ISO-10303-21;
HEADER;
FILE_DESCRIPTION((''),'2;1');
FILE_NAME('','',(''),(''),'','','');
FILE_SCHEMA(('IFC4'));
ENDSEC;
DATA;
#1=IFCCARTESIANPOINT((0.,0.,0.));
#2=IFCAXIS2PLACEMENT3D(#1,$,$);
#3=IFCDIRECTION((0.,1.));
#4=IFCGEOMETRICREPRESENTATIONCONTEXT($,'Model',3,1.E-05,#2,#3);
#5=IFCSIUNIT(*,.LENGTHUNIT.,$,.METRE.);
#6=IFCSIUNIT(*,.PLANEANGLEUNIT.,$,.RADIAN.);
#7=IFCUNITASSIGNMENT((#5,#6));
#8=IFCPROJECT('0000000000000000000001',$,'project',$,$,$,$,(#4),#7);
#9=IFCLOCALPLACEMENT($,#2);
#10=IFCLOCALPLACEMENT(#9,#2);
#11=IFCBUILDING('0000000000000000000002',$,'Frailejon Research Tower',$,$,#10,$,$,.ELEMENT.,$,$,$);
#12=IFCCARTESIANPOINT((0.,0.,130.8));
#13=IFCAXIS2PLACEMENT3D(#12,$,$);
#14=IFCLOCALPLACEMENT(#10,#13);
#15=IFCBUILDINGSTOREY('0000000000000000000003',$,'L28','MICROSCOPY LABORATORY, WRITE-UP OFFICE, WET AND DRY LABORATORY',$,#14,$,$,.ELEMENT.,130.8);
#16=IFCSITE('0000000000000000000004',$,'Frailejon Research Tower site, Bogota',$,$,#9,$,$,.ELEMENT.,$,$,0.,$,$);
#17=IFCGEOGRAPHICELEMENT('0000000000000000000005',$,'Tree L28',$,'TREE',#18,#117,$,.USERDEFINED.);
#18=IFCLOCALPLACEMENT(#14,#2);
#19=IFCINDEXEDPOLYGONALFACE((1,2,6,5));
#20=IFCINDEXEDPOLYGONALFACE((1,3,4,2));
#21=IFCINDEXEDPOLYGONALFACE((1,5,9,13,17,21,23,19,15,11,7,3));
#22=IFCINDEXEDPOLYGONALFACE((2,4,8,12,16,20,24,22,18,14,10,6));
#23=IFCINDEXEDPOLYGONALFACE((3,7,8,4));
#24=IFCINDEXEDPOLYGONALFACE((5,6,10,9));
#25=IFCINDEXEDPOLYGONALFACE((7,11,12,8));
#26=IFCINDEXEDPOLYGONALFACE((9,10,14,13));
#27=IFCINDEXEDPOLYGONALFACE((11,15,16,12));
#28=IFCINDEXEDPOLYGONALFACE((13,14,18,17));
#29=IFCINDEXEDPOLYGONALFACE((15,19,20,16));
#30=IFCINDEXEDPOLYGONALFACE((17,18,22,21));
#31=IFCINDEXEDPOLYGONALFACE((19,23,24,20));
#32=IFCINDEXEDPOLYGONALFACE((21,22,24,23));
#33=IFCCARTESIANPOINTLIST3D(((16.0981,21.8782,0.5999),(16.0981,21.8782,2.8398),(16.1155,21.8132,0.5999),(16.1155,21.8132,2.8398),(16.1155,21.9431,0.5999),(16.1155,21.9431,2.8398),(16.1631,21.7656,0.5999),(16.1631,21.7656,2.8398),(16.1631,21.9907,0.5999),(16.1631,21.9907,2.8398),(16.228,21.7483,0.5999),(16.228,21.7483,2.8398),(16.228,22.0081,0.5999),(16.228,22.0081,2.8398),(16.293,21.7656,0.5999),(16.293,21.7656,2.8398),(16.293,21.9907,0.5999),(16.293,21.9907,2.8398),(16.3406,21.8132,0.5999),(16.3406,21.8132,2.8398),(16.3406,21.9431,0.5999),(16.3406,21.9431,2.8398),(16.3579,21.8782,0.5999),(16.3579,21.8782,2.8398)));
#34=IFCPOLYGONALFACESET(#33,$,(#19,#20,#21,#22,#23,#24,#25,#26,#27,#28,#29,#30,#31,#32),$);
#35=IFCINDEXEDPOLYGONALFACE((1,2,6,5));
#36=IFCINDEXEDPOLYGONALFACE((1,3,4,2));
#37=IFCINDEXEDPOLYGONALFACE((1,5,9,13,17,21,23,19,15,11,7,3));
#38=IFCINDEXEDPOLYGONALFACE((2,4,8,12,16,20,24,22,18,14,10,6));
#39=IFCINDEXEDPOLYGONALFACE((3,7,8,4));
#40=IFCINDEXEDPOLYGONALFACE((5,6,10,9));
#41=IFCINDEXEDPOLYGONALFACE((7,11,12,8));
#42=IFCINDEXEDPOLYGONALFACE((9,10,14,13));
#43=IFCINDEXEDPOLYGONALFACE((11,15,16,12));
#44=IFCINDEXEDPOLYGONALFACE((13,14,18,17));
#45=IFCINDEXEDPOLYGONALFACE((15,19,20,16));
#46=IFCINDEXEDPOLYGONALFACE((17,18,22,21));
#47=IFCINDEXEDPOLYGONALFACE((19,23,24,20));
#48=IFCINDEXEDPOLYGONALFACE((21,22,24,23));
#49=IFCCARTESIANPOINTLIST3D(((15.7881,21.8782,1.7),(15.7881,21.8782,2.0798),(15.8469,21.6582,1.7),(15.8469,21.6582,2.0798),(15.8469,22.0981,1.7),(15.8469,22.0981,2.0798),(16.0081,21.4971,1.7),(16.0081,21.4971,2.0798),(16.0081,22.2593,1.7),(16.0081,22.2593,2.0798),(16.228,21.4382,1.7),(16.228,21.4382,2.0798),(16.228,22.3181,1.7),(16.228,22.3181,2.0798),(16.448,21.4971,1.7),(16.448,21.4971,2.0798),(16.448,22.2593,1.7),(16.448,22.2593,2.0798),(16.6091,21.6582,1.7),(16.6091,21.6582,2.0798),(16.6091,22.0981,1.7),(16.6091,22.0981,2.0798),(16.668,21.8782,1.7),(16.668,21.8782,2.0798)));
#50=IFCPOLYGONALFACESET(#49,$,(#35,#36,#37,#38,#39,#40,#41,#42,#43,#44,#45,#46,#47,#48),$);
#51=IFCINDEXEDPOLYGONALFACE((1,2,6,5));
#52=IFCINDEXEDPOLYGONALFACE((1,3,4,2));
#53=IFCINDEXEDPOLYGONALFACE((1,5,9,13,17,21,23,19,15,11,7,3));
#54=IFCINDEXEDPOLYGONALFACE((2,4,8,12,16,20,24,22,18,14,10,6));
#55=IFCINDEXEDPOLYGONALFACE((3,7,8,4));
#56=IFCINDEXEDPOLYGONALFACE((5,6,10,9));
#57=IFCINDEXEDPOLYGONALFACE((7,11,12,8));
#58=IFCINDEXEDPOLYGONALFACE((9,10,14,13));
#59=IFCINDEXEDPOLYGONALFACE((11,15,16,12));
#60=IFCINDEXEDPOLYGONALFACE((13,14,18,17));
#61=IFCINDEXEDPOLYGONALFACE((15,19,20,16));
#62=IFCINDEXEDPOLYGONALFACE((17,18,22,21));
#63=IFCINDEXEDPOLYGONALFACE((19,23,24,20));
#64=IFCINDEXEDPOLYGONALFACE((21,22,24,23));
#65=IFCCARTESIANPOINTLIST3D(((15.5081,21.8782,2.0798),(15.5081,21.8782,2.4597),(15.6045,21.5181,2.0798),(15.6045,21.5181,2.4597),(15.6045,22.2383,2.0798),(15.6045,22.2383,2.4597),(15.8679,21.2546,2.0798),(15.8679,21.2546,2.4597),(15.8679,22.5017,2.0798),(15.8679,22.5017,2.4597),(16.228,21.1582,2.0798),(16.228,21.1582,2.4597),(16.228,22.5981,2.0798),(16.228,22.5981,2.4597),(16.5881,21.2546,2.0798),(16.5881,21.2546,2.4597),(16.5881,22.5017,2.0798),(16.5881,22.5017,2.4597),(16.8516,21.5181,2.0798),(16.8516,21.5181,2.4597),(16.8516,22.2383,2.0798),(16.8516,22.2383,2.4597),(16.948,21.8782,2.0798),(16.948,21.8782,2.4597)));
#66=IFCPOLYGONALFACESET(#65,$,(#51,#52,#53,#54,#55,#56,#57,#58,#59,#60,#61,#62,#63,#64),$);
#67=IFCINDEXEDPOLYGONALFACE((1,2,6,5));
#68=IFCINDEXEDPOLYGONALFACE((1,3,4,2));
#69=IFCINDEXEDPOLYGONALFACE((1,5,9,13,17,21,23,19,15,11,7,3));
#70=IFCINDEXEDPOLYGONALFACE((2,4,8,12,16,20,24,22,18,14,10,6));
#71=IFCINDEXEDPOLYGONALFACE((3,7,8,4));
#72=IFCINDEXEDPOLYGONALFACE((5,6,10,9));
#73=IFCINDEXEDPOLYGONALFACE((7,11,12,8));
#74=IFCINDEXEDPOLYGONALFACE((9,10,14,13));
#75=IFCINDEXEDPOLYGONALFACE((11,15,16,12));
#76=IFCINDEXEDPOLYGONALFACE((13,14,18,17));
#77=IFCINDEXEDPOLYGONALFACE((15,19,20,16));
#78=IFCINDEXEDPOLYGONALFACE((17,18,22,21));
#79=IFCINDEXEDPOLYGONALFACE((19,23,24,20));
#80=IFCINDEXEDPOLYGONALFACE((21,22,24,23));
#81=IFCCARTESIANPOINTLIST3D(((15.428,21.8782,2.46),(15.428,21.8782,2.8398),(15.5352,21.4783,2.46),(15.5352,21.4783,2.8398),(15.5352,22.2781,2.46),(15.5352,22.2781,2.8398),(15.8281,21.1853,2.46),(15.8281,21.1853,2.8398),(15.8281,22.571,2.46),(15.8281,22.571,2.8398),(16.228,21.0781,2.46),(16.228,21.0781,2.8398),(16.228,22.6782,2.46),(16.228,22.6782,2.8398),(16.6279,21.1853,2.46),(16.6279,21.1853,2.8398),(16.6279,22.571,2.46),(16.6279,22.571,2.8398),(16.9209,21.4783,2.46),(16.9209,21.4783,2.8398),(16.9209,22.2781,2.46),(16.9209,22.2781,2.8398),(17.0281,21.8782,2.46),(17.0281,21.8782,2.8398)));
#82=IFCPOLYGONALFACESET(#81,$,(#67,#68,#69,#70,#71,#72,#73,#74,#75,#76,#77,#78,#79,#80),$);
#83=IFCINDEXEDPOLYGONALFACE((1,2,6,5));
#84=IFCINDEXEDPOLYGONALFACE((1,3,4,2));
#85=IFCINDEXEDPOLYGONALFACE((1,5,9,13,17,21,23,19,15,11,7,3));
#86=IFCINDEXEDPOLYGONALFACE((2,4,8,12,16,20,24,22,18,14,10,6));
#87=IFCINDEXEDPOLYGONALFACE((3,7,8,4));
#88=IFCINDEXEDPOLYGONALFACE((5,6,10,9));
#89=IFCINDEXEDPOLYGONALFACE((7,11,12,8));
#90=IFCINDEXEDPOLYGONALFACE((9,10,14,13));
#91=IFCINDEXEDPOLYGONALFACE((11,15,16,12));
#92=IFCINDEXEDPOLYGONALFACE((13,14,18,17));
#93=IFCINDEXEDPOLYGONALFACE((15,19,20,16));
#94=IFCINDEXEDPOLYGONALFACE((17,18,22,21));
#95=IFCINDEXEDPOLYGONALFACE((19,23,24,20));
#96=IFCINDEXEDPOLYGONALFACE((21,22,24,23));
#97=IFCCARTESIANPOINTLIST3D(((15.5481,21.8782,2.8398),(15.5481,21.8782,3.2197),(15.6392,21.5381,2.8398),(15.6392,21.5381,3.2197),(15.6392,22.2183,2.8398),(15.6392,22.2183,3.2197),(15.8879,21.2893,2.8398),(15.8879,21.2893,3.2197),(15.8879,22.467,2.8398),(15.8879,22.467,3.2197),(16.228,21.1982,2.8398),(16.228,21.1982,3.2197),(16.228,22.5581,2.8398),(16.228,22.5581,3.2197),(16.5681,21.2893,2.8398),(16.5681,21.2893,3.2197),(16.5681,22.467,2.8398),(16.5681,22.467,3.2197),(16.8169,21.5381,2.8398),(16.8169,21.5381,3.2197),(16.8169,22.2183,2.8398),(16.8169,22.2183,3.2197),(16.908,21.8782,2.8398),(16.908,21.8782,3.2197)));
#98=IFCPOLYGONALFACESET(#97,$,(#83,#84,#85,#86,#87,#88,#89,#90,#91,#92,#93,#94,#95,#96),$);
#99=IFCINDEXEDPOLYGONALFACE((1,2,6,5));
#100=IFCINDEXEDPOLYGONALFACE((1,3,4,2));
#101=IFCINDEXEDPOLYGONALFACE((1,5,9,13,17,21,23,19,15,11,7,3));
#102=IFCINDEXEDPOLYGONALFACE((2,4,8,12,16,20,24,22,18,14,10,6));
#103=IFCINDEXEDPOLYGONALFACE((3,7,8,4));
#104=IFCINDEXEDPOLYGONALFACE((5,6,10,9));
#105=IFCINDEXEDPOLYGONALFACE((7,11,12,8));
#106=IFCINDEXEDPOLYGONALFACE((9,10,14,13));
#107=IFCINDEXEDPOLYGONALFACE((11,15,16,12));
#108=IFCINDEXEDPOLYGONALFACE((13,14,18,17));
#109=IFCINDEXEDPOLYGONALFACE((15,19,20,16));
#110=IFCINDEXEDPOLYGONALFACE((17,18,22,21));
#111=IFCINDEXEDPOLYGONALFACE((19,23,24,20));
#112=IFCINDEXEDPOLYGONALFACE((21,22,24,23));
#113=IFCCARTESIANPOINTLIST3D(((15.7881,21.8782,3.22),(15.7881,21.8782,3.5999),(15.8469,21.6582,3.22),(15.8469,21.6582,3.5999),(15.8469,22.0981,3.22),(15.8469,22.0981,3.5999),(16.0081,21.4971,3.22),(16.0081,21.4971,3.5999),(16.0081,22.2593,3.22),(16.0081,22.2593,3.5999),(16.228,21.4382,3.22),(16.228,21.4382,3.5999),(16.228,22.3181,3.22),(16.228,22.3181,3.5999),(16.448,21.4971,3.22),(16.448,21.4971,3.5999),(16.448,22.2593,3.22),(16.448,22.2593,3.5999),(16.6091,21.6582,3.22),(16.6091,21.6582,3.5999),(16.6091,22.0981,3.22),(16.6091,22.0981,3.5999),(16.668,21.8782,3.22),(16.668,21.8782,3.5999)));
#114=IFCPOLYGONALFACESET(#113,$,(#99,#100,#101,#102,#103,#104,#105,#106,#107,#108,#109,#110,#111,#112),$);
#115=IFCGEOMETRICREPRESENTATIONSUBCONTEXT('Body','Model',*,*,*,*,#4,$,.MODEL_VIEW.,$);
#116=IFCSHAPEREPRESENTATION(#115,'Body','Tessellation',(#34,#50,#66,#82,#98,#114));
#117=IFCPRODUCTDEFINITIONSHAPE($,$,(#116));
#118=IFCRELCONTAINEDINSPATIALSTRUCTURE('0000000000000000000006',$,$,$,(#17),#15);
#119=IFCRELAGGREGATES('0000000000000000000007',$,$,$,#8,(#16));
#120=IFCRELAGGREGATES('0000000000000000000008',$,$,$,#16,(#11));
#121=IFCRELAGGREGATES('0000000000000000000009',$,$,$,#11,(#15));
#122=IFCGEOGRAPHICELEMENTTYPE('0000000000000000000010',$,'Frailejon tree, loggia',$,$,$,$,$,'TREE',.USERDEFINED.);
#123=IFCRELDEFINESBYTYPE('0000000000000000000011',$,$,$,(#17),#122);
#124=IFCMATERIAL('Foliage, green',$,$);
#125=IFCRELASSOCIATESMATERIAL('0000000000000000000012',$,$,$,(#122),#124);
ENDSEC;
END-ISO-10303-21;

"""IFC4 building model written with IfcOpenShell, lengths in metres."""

from ifc_helpers import new_model, si_unit, direction, frame, origin, place, context, subcontext, project, spatial, polyline, outline, extrude, material, type_object, element, save


model = new_model("IFC4")

# Units and contexts
model_context = context("Model", 3, precision=1e-05, world=origin(), true_north=direction((0.0, 1.0)))
body_context = subcontext(model_context, "Body", "Model", "MODEL_VIEW")
ifc_project = project(units=[si_unit("LENGTHUNIT", "METRE"), si_unit("PLANEANGLEUNIT", "RADIAN")], contexts=[model_context])

# Site, building, storey
site_placement = place(None, origin())
site = spatial("IfcSite", under=ifc_project, at=site_placement, Name="Frailejon Research Tower site, Bogota", CompositionType="ELEMENT", RefElevation=0.0)
building_placement = place(site_placement, origin())
building = spatial("IfcBuilding", under=site, at=building_placement, Name="Frailejon Research Tower", CompositionType="ELEMENT")
storey_placement = place(building_placement, frame((0.0, 0.0, 130.8)))
storey = spatial("IfcBuildingStorey", under=building, at=storey_placement, Name="L28", Description="MICROSCOPY LABORATORY, WRITE-UP OFFICE, WET AND DRY LABORATORY", CompositionType="ELEMENT", Elevation=130.8)

# Geographic element
ifc_material_1 = material(Name="Foliage, green")
geographic_element_type = type_object("IfcGeographicElementType", Name="Frailejon tree, loggia", ElementType="TREE", PredefinedType="USERDEFINED", material=ifc_material_1)
geographic_element_placement = place(storey_placement, frame((16.228, 21.8782, 0.5999)))
element("IfcGeographicElement", 1, at=geographic_element_placement, inside=storey, type_object=geographic_element_type, Name="Tree L28", ObjectType="TREE", PredefinedType="USERDEFINED", context=body_context, shape_type="SweptSolid", body=[
    extrude(outline(polyline([(0.1299, 0.0), (0.1125, 0.0649), (0.0649, 0.1125), (0.0, 0.1299), (-0.0649, 0.1125), (-0.1125, 0.0649), (-0.1299, 0.0), (-0.1125, -0.0649), (-0.0649, -0.1125), (0.0, -0.1299), (0.0649, -0.1125), (0.1125, -0.0649), (0.1299, 0.0)])), origin(), (0.0, 0.0, 1.0), 2.24),
    extrude(outline(polyline([(0.4399, 0.0), (0.3811, 0.22), (0.22, 0.3811), (0.0, 0.4399), (-0.22, 0.3811), (-0.3811, 0.22), (-0.4399, 0.0), (-0.3811, -0.22), (-0.22, -0.3811), (0.0, -0.4399), (0.22, -0.3811), (0.3811, -0.22), (0.4399, 0.0)])), frame((0.0, 0.0, 1.1001)), (0.0, 0.0, 1.0), 0.3799),
    extrude(outline(polyline([(0.72, 0.0), (0.6235, 0.3601), (0.3601, 0.6235), (0.0, 0.72), (-0.3601, 0.6235), (-0.6235, 0.3601), (-0.72, 0.0), (-0.6235, -0.3601), (-0.3601, -0.6235), (0.0, -0.72), (0.3601, -0.6235), (0.6235, -0.3601), (0.72, 0.0)])), frame((0.0, 0.0, 1.48)), (0.0, 0.0, 1.0), 0.3799),
    extrude(outline(polyline([(0.8, 0.0), (0.6929, 0.3999), (0.3999, 0.6929), (0.0, 0.8), (-0.3999, 0.6929), (-0.6929, 0.3999), (-0.8, 0.0), (-0.6929, -0.3999), (-0.3999, -0.6929), (0.0, -0.8), (0.3999, -0.6929), (0.6929, -0.3999), (0.8, 0.0)])), frame((0.0, 0.0, 1.8601)), (0.0, 0.0, 1.0), 0.3799),
    extrude(outline(polyline([(0.6799, 0.0), (0.5889, 0.3401), (0.3401, 0.5889), (0.0, 0.6799), (-0.3401, 0.5889), (-0.5889, 0.3401), (-0.6799, 0.0), (-0.5889, -0.3401), (-0.3401, -0.5889), (0.0, -0.6799), (0.3401, -0.5889), (0.5889, -0.3401), (0.6799, 0.0)])), frame((0.0, 0.0, 2.24)), (0.0, 0.0, 1.0), 0.3799),
    extrude(outline(polyline([(0.4399, 0.0), (0.3811, 0.22), (0.22, 0.3811), (0.0, 0.4399), (-0.22, 0.3811), (-0.3811, 0.22), (-0.4399, 0.0), (-0.3811, -0.22), (-0.22, -0.3811), (0.0, -0.4399), (0.22, -0.3811), (0.3811, -0.22), (0.4399, 0.0)])), frame((0.0, 0.0, 2.6201)), (0.0, 0.0, 1.0), 0.3799),
])

save(model, "model.ifc")
